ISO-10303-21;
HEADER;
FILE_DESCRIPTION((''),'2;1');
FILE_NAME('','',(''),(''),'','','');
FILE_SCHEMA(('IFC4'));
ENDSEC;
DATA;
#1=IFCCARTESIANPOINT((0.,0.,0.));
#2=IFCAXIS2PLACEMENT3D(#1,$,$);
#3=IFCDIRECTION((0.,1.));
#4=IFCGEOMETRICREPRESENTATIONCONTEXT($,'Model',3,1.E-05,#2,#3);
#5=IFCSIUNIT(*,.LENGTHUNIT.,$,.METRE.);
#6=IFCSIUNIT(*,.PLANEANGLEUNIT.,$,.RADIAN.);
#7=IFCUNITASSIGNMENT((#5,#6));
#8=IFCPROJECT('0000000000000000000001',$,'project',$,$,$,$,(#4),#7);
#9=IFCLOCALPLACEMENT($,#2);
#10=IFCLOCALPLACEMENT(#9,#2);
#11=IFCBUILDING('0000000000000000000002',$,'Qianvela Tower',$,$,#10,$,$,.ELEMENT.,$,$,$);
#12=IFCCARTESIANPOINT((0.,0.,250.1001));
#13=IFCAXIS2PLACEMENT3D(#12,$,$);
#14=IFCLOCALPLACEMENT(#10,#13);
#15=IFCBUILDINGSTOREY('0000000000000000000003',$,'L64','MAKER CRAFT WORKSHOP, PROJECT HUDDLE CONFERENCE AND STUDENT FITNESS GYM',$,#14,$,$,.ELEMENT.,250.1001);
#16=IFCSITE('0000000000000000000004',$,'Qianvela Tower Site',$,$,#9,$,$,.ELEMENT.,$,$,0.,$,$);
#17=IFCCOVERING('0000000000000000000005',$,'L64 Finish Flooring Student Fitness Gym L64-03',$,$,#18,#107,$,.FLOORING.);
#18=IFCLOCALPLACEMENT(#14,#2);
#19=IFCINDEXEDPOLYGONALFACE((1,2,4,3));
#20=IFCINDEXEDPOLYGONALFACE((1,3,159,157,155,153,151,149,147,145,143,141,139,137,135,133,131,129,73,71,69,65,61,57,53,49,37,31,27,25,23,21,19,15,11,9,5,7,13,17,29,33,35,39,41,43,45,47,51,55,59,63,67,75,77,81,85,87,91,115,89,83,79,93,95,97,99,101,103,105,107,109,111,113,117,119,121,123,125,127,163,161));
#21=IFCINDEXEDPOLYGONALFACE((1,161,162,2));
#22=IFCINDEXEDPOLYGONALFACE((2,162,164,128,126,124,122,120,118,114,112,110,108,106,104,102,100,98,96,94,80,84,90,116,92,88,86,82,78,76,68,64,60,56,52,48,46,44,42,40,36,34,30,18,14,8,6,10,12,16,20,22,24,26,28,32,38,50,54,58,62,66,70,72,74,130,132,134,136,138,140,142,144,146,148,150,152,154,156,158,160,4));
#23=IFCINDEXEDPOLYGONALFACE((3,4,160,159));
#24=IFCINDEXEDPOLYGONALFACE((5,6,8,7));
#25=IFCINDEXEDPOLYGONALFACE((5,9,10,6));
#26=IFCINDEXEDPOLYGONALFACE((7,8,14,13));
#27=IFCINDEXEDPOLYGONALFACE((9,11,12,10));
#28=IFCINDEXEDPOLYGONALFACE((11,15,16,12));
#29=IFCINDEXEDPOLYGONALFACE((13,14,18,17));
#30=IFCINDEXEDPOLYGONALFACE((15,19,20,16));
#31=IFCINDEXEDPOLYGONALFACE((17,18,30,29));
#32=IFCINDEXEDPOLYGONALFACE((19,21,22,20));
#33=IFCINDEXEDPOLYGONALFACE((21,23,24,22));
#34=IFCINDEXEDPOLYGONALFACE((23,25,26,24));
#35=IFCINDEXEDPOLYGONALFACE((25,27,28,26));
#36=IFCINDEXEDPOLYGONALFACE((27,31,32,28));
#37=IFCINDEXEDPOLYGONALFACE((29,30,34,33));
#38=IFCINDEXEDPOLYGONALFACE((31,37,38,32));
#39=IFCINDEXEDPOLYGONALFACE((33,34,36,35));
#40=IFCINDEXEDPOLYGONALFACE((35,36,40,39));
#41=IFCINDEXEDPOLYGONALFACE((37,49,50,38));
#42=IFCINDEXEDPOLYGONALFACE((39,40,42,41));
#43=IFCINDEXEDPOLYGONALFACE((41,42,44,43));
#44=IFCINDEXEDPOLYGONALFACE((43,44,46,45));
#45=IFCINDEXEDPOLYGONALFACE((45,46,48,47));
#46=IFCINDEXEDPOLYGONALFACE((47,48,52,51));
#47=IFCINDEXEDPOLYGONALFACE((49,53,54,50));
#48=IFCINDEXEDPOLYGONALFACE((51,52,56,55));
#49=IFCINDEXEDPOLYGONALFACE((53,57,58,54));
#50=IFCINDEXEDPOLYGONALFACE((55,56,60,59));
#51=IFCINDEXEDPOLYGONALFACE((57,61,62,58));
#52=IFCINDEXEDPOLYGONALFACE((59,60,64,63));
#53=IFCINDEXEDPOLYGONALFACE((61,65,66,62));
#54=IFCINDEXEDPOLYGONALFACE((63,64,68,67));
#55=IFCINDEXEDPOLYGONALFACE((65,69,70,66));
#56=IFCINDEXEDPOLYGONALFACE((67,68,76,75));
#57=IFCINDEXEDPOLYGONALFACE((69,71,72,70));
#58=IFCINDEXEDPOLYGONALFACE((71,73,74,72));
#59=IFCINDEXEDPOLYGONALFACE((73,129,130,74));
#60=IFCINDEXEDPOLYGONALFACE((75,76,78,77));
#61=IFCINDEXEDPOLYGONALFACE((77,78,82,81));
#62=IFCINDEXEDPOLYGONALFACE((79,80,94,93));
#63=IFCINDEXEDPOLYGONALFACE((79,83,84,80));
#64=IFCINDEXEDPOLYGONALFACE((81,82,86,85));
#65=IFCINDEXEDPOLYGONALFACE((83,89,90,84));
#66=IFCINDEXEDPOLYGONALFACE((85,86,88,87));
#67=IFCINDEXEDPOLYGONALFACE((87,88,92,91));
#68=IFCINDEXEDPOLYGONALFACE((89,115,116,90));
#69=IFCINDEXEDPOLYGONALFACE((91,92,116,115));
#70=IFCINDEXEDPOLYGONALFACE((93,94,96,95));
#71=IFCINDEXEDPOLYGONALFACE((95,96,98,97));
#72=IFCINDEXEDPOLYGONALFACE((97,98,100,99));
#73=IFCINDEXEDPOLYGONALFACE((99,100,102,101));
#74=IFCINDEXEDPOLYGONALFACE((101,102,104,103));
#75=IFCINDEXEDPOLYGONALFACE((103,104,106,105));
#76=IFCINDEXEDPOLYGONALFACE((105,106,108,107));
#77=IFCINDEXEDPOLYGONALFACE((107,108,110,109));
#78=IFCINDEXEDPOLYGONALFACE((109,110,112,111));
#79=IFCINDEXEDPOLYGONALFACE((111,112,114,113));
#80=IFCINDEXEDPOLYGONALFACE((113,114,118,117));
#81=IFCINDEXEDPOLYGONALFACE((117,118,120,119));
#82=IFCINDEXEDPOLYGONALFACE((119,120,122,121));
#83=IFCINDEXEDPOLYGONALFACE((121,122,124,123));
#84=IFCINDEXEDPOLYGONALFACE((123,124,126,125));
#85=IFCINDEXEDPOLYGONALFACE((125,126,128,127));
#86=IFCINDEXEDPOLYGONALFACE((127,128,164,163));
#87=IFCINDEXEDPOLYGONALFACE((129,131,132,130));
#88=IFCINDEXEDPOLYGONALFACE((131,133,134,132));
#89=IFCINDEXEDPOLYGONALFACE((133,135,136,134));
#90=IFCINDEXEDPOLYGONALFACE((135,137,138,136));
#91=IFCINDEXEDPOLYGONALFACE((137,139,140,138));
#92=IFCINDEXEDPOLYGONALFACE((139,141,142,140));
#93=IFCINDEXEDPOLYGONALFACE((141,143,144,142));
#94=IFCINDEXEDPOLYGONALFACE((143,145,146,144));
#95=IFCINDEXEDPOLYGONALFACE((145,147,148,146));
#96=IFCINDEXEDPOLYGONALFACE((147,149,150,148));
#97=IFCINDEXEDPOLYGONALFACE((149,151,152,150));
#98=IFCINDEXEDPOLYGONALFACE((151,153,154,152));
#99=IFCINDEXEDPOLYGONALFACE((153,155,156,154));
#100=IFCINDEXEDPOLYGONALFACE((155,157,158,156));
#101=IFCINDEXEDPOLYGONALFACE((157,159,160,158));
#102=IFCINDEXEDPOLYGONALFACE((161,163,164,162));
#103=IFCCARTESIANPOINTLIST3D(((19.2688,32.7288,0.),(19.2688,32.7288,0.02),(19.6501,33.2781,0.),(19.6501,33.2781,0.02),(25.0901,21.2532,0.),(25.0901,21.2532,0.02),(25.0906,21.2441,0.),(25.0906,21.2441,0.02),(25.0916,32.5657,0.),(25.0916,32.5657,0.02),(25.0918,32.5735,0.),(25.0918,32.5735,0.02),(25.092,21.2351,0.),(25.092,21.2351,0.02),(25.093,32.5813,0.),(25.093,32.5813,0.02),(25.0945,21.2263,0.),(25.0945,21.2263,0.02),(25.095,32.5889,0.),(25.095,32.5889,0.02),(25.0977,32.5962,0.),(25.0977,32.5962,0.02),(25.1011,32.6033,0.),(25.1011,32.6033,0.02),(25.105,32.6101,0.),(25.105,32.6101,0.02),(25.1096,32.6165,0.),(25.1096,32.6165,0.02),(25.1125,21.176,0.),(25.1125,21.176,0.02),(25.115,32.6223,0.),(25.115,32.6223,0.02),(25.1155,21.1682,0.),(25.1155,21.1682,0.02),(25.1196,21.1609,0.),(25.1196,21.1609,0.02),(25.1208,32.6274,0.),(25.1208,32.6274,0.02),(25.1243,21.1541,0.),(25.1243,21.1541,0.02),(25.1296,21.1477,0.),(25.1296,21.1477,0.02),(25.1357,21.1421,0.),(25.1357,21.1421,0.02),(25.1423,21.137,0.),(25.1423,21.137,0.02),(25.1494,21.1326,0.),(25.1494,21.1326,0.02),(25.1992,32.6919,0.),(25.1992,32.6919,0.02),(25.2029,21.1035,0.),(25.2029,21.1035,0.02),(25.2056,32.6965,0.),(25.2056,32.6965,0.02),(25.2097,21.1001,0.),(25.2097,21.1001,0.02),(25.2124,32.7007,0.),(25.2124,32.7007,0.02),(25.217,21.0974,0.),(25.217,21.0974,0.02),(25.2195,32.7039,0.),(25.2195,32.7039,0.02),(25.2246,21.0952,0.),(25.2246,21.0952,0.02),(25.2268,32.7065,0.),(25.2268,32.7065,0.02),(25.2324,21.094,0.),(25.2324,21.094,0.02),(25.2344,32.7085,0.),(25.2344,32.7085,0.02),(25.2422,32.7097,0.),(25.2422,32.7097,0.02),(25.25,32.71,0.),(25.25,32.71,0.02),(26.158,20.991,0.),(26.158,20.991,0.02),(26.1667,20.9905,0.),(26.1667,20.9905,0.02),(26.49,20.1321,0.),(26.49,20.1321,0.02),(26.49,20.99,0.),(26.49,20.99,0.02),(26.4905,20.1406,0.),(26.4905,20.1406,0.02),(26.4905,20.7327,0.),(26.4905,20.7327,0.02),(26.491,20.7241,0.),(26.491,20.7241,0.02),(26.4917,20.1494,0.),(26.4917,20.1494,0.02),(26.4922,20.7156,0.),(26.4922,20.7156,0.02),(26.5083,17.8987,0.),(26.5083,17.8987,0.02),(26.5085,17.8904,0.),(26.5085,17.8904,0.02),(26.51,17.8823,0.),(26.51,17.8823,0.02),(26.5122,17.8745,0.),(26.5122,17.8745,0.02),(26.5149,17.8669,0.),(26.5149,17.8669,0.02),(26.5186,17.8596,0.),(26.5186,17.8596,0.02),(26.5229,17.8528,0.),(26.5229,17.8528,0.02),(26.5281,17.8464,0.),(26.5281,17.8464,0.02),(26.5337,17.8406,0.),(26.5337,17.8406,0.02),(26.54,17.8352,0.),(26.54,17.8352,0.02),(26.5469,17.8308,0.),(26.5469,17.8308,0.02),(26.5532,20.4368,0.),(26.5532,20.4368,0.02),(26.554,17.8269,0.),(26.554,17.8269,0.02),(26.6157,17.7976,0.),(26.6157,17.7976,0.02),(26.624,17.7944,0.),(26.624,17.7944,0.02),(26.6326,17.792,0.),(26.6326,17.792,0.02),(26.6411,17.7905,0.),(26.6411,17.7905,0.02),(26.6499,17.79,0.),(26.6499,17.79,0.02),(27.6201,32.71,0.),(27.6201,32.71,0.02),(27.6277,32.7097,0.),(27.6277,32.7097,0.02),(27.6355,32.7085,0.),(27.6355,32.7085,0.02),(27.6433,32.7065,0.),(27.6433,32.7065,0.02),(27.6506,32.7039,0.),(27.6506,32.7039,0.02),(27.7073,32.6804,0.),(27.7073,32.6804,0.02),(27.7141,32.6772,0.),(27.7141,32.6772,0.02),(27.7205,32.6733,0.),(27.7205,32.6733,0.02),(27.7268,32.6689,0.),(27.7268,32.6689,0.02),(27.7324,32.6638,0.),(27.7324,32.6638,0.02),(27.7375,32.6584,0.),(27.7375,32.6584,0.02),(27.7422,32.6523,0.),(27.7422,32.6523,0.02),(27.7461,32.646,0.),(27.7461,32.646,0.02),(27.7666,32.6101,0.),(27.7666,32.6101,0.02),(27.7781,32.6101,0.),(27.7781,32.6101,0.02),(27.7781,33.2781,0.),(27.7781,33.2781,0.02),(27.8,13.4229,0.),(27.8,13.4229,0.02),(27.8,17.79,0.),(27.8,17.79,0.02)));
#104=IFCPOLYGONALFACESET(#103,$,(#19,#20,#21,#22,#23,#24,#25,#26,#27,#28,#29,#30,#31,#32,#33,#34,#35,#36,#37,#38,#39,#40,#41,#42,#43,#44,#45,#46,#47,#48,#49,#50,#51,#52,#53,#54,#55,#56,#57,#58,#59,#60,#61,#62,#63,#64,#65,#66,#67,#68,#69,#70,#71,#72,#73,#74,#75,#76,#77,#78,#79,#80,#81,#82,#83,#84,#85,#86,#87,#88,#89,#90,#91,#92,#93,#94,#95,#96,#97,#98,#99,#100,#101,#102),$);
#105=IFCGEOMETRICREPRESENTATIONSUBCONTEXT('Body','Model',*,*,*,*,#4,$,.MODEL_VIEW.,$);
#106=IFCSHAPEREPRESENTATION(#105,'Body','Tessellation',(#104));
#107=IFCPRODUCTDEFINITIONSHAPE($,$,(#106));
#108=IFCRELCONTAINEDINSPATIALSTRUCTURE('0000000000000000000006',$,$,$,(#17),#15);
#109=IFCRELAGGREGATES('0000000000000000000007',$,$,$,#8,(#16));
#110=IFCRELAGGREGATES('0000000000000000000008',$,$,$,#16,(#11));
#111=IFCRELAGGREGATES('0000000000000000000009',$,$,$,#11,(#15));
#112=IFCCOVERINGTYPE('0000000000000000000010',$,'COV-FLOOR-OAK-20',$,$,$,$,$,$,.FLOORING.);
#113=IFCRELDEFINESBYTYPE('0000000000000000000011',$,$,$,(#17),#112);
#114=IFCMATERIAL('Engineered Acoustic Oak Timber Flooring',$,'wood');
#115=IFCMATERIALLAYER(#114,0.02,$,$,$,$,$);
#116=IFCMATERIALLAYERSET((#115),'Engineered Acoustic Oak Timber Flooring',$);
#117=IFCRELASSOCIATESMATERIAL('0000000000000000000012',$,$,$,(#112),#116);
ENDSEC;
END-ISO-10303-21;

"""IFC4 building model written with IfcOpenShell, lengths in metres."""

from ifc_helpers import new_model, si_unit, direction, frame, origin, place, context, subcontext, project, spatial, polyline, outline, extrude, material, layer, layer_set, type_object, element, save


model = new_model("IFC4")

# Units and contexts
model_context = context("Model", 3, precision=1e-05, world=origin(), true_north=direction((0.0, 1.0)))
body_context = subcontext(model_context, "Body", "Model", "MODEL_VIEW")
ifc_project = project(units=[si_unit("LENGTHUNIT", "METRE"), si_unit("PLANEANGLEUNIT", "RADIAN")], contexts=[model_context])

# Site, building, storey
site_placement = place(None, origin())
site = spatial("IfcSite", under=ifc_project, at=site_placement, Name="Qianvela Tower Site", CompositionType="ELEMENT", RefElevation=0.0)
building_placement = place(site_placement, origin())
building = spatial("IfcBuilding", under=site, at=building_placement, Name="Qianvela Tower", CompositionType="ELEMENT")
storey_placement = place(building_placement, frame((0.0, 0.0, 250.1001)))
storey = spatial("IfcBuildingStorey", under=building, at=storey_placement, Name="L64", Description="MAKER CRAFT WORKSHOP, PROJECT HUDDLE CONFERENCE AND STUDENT FITNESS GYM", CompositionType="ELEMENT", Elevation=250.1001)

# Covering
ifc_material_1 = material(Name="Engineered Acoustic Oak Timber Flooring", Category="wood")
ifc_layer_1 = layer(ifc_material_1, 0.02)
ifc_layer_set_1 = layer_set([ifc_layer_1], Name="Engineered Acoustic Oak Timber Flooring")
covering_type_1 = type_object("IfcCoveringType", Name="COV-FLOOR-OAK-20", PredefinedType="FLOORING", material=ifc_layer_set_1)
covering_1_placement = place(storey_placement, origin())
element("IfcCovering", 1, at=covering_1_placement, inside=storey, type_object=covering_type_1, Name="L64 Finish Flooring Student Fitness Gym L64-03", PredefinedType="FLOORING", context=body_context, shape_type="SweptSolid", body=[
    extrude(outline(polyline([(19.2688, 32.7288), (19.6501, 33.2781), (27.7781, 33.2781), (27.7781, 32.6101), (27.7666, 32.6101), (27.7461, 32.646), (27.7422, 32.6523), (27.7375, 32.6584), (27.7324, 32.6638), (27.7268, 32.6689), (27.7205, 32.6733), (27.7141, 32.6772), (27.7073, 32.6804), (27.6506, 32.7039), (27.6433, 32.7065), (27.6355, 32.7085), (27.6277, 32.7097), (27.6201, 32.71), (25.25, 32.71), (25.2422, 32.7097), (25.2344, 32.7085), (25.2268, 32.7065), (25.2195, 32.7039), (25.2124, 32.7007), (25.2056, 32.6965), (25.1992, 32.6919), (25.1208, 32.6274), (25.115, 32.6223), (25.1096, 32.6165), (25.105, 32.6101), (25.1011, 32.6033), (25.0977, 32.5962), (25.095, 32.5889), (25.093, 32.5813), (25.0918, 32.5735), (25.0916, 32.5657), (25.0901, 21.2532), (25.0906, 21.2441), (25.092, 21.2351), (25.0945, 21.2263), (25.1125, 21.176), (25.1155, 21.1682), (25.1196, 21.1609), (25.1243, 21.1541), (25.1296, 21.1477), (25.1357, 21.1421), (25.1423, 21.137), (25.1494, 21.1326), (25.2029, 21.1035), (25.2097, 21.1001), (25.217, 21.0974), (25.2246, 21.0952), (25.2324, 21.094), (26.158, 20.991), (26.1667, 20.9905), (26.49, 20.99), (26.4905, 20.7327), (26.491, 20.7241), (26.4922, 20.7156), (26.5532, 20.4368), (26.4917, 20.1494), (26.4905, 20.1406), (26.49, 20.1321), (26.5083, 17.8987), (26.5085, 17.8904), (26.51, 17.8823), (26.5122, 17.8745), (26.5149, 17.8669), (26.5186, 17.8596), (26.5229, 17.8528), (26.5281, 17.8464), (26.5337, 17.8406), (26.54, 17.8352), (26.5469, 17.8308), (26.554, 17.8269), (26.6157, 17.7976), (26.624, 17.7944), (26.6326, 17.792), (26.6411, 17.7905), (26.6499, 17.79), (27.8, 17.79), (27.8, 13.4229), (19.2688, 32.7288)])), origin(), (0.0, 0.0, 1.0), 0.02),
])

save(model, "model.ifc")
